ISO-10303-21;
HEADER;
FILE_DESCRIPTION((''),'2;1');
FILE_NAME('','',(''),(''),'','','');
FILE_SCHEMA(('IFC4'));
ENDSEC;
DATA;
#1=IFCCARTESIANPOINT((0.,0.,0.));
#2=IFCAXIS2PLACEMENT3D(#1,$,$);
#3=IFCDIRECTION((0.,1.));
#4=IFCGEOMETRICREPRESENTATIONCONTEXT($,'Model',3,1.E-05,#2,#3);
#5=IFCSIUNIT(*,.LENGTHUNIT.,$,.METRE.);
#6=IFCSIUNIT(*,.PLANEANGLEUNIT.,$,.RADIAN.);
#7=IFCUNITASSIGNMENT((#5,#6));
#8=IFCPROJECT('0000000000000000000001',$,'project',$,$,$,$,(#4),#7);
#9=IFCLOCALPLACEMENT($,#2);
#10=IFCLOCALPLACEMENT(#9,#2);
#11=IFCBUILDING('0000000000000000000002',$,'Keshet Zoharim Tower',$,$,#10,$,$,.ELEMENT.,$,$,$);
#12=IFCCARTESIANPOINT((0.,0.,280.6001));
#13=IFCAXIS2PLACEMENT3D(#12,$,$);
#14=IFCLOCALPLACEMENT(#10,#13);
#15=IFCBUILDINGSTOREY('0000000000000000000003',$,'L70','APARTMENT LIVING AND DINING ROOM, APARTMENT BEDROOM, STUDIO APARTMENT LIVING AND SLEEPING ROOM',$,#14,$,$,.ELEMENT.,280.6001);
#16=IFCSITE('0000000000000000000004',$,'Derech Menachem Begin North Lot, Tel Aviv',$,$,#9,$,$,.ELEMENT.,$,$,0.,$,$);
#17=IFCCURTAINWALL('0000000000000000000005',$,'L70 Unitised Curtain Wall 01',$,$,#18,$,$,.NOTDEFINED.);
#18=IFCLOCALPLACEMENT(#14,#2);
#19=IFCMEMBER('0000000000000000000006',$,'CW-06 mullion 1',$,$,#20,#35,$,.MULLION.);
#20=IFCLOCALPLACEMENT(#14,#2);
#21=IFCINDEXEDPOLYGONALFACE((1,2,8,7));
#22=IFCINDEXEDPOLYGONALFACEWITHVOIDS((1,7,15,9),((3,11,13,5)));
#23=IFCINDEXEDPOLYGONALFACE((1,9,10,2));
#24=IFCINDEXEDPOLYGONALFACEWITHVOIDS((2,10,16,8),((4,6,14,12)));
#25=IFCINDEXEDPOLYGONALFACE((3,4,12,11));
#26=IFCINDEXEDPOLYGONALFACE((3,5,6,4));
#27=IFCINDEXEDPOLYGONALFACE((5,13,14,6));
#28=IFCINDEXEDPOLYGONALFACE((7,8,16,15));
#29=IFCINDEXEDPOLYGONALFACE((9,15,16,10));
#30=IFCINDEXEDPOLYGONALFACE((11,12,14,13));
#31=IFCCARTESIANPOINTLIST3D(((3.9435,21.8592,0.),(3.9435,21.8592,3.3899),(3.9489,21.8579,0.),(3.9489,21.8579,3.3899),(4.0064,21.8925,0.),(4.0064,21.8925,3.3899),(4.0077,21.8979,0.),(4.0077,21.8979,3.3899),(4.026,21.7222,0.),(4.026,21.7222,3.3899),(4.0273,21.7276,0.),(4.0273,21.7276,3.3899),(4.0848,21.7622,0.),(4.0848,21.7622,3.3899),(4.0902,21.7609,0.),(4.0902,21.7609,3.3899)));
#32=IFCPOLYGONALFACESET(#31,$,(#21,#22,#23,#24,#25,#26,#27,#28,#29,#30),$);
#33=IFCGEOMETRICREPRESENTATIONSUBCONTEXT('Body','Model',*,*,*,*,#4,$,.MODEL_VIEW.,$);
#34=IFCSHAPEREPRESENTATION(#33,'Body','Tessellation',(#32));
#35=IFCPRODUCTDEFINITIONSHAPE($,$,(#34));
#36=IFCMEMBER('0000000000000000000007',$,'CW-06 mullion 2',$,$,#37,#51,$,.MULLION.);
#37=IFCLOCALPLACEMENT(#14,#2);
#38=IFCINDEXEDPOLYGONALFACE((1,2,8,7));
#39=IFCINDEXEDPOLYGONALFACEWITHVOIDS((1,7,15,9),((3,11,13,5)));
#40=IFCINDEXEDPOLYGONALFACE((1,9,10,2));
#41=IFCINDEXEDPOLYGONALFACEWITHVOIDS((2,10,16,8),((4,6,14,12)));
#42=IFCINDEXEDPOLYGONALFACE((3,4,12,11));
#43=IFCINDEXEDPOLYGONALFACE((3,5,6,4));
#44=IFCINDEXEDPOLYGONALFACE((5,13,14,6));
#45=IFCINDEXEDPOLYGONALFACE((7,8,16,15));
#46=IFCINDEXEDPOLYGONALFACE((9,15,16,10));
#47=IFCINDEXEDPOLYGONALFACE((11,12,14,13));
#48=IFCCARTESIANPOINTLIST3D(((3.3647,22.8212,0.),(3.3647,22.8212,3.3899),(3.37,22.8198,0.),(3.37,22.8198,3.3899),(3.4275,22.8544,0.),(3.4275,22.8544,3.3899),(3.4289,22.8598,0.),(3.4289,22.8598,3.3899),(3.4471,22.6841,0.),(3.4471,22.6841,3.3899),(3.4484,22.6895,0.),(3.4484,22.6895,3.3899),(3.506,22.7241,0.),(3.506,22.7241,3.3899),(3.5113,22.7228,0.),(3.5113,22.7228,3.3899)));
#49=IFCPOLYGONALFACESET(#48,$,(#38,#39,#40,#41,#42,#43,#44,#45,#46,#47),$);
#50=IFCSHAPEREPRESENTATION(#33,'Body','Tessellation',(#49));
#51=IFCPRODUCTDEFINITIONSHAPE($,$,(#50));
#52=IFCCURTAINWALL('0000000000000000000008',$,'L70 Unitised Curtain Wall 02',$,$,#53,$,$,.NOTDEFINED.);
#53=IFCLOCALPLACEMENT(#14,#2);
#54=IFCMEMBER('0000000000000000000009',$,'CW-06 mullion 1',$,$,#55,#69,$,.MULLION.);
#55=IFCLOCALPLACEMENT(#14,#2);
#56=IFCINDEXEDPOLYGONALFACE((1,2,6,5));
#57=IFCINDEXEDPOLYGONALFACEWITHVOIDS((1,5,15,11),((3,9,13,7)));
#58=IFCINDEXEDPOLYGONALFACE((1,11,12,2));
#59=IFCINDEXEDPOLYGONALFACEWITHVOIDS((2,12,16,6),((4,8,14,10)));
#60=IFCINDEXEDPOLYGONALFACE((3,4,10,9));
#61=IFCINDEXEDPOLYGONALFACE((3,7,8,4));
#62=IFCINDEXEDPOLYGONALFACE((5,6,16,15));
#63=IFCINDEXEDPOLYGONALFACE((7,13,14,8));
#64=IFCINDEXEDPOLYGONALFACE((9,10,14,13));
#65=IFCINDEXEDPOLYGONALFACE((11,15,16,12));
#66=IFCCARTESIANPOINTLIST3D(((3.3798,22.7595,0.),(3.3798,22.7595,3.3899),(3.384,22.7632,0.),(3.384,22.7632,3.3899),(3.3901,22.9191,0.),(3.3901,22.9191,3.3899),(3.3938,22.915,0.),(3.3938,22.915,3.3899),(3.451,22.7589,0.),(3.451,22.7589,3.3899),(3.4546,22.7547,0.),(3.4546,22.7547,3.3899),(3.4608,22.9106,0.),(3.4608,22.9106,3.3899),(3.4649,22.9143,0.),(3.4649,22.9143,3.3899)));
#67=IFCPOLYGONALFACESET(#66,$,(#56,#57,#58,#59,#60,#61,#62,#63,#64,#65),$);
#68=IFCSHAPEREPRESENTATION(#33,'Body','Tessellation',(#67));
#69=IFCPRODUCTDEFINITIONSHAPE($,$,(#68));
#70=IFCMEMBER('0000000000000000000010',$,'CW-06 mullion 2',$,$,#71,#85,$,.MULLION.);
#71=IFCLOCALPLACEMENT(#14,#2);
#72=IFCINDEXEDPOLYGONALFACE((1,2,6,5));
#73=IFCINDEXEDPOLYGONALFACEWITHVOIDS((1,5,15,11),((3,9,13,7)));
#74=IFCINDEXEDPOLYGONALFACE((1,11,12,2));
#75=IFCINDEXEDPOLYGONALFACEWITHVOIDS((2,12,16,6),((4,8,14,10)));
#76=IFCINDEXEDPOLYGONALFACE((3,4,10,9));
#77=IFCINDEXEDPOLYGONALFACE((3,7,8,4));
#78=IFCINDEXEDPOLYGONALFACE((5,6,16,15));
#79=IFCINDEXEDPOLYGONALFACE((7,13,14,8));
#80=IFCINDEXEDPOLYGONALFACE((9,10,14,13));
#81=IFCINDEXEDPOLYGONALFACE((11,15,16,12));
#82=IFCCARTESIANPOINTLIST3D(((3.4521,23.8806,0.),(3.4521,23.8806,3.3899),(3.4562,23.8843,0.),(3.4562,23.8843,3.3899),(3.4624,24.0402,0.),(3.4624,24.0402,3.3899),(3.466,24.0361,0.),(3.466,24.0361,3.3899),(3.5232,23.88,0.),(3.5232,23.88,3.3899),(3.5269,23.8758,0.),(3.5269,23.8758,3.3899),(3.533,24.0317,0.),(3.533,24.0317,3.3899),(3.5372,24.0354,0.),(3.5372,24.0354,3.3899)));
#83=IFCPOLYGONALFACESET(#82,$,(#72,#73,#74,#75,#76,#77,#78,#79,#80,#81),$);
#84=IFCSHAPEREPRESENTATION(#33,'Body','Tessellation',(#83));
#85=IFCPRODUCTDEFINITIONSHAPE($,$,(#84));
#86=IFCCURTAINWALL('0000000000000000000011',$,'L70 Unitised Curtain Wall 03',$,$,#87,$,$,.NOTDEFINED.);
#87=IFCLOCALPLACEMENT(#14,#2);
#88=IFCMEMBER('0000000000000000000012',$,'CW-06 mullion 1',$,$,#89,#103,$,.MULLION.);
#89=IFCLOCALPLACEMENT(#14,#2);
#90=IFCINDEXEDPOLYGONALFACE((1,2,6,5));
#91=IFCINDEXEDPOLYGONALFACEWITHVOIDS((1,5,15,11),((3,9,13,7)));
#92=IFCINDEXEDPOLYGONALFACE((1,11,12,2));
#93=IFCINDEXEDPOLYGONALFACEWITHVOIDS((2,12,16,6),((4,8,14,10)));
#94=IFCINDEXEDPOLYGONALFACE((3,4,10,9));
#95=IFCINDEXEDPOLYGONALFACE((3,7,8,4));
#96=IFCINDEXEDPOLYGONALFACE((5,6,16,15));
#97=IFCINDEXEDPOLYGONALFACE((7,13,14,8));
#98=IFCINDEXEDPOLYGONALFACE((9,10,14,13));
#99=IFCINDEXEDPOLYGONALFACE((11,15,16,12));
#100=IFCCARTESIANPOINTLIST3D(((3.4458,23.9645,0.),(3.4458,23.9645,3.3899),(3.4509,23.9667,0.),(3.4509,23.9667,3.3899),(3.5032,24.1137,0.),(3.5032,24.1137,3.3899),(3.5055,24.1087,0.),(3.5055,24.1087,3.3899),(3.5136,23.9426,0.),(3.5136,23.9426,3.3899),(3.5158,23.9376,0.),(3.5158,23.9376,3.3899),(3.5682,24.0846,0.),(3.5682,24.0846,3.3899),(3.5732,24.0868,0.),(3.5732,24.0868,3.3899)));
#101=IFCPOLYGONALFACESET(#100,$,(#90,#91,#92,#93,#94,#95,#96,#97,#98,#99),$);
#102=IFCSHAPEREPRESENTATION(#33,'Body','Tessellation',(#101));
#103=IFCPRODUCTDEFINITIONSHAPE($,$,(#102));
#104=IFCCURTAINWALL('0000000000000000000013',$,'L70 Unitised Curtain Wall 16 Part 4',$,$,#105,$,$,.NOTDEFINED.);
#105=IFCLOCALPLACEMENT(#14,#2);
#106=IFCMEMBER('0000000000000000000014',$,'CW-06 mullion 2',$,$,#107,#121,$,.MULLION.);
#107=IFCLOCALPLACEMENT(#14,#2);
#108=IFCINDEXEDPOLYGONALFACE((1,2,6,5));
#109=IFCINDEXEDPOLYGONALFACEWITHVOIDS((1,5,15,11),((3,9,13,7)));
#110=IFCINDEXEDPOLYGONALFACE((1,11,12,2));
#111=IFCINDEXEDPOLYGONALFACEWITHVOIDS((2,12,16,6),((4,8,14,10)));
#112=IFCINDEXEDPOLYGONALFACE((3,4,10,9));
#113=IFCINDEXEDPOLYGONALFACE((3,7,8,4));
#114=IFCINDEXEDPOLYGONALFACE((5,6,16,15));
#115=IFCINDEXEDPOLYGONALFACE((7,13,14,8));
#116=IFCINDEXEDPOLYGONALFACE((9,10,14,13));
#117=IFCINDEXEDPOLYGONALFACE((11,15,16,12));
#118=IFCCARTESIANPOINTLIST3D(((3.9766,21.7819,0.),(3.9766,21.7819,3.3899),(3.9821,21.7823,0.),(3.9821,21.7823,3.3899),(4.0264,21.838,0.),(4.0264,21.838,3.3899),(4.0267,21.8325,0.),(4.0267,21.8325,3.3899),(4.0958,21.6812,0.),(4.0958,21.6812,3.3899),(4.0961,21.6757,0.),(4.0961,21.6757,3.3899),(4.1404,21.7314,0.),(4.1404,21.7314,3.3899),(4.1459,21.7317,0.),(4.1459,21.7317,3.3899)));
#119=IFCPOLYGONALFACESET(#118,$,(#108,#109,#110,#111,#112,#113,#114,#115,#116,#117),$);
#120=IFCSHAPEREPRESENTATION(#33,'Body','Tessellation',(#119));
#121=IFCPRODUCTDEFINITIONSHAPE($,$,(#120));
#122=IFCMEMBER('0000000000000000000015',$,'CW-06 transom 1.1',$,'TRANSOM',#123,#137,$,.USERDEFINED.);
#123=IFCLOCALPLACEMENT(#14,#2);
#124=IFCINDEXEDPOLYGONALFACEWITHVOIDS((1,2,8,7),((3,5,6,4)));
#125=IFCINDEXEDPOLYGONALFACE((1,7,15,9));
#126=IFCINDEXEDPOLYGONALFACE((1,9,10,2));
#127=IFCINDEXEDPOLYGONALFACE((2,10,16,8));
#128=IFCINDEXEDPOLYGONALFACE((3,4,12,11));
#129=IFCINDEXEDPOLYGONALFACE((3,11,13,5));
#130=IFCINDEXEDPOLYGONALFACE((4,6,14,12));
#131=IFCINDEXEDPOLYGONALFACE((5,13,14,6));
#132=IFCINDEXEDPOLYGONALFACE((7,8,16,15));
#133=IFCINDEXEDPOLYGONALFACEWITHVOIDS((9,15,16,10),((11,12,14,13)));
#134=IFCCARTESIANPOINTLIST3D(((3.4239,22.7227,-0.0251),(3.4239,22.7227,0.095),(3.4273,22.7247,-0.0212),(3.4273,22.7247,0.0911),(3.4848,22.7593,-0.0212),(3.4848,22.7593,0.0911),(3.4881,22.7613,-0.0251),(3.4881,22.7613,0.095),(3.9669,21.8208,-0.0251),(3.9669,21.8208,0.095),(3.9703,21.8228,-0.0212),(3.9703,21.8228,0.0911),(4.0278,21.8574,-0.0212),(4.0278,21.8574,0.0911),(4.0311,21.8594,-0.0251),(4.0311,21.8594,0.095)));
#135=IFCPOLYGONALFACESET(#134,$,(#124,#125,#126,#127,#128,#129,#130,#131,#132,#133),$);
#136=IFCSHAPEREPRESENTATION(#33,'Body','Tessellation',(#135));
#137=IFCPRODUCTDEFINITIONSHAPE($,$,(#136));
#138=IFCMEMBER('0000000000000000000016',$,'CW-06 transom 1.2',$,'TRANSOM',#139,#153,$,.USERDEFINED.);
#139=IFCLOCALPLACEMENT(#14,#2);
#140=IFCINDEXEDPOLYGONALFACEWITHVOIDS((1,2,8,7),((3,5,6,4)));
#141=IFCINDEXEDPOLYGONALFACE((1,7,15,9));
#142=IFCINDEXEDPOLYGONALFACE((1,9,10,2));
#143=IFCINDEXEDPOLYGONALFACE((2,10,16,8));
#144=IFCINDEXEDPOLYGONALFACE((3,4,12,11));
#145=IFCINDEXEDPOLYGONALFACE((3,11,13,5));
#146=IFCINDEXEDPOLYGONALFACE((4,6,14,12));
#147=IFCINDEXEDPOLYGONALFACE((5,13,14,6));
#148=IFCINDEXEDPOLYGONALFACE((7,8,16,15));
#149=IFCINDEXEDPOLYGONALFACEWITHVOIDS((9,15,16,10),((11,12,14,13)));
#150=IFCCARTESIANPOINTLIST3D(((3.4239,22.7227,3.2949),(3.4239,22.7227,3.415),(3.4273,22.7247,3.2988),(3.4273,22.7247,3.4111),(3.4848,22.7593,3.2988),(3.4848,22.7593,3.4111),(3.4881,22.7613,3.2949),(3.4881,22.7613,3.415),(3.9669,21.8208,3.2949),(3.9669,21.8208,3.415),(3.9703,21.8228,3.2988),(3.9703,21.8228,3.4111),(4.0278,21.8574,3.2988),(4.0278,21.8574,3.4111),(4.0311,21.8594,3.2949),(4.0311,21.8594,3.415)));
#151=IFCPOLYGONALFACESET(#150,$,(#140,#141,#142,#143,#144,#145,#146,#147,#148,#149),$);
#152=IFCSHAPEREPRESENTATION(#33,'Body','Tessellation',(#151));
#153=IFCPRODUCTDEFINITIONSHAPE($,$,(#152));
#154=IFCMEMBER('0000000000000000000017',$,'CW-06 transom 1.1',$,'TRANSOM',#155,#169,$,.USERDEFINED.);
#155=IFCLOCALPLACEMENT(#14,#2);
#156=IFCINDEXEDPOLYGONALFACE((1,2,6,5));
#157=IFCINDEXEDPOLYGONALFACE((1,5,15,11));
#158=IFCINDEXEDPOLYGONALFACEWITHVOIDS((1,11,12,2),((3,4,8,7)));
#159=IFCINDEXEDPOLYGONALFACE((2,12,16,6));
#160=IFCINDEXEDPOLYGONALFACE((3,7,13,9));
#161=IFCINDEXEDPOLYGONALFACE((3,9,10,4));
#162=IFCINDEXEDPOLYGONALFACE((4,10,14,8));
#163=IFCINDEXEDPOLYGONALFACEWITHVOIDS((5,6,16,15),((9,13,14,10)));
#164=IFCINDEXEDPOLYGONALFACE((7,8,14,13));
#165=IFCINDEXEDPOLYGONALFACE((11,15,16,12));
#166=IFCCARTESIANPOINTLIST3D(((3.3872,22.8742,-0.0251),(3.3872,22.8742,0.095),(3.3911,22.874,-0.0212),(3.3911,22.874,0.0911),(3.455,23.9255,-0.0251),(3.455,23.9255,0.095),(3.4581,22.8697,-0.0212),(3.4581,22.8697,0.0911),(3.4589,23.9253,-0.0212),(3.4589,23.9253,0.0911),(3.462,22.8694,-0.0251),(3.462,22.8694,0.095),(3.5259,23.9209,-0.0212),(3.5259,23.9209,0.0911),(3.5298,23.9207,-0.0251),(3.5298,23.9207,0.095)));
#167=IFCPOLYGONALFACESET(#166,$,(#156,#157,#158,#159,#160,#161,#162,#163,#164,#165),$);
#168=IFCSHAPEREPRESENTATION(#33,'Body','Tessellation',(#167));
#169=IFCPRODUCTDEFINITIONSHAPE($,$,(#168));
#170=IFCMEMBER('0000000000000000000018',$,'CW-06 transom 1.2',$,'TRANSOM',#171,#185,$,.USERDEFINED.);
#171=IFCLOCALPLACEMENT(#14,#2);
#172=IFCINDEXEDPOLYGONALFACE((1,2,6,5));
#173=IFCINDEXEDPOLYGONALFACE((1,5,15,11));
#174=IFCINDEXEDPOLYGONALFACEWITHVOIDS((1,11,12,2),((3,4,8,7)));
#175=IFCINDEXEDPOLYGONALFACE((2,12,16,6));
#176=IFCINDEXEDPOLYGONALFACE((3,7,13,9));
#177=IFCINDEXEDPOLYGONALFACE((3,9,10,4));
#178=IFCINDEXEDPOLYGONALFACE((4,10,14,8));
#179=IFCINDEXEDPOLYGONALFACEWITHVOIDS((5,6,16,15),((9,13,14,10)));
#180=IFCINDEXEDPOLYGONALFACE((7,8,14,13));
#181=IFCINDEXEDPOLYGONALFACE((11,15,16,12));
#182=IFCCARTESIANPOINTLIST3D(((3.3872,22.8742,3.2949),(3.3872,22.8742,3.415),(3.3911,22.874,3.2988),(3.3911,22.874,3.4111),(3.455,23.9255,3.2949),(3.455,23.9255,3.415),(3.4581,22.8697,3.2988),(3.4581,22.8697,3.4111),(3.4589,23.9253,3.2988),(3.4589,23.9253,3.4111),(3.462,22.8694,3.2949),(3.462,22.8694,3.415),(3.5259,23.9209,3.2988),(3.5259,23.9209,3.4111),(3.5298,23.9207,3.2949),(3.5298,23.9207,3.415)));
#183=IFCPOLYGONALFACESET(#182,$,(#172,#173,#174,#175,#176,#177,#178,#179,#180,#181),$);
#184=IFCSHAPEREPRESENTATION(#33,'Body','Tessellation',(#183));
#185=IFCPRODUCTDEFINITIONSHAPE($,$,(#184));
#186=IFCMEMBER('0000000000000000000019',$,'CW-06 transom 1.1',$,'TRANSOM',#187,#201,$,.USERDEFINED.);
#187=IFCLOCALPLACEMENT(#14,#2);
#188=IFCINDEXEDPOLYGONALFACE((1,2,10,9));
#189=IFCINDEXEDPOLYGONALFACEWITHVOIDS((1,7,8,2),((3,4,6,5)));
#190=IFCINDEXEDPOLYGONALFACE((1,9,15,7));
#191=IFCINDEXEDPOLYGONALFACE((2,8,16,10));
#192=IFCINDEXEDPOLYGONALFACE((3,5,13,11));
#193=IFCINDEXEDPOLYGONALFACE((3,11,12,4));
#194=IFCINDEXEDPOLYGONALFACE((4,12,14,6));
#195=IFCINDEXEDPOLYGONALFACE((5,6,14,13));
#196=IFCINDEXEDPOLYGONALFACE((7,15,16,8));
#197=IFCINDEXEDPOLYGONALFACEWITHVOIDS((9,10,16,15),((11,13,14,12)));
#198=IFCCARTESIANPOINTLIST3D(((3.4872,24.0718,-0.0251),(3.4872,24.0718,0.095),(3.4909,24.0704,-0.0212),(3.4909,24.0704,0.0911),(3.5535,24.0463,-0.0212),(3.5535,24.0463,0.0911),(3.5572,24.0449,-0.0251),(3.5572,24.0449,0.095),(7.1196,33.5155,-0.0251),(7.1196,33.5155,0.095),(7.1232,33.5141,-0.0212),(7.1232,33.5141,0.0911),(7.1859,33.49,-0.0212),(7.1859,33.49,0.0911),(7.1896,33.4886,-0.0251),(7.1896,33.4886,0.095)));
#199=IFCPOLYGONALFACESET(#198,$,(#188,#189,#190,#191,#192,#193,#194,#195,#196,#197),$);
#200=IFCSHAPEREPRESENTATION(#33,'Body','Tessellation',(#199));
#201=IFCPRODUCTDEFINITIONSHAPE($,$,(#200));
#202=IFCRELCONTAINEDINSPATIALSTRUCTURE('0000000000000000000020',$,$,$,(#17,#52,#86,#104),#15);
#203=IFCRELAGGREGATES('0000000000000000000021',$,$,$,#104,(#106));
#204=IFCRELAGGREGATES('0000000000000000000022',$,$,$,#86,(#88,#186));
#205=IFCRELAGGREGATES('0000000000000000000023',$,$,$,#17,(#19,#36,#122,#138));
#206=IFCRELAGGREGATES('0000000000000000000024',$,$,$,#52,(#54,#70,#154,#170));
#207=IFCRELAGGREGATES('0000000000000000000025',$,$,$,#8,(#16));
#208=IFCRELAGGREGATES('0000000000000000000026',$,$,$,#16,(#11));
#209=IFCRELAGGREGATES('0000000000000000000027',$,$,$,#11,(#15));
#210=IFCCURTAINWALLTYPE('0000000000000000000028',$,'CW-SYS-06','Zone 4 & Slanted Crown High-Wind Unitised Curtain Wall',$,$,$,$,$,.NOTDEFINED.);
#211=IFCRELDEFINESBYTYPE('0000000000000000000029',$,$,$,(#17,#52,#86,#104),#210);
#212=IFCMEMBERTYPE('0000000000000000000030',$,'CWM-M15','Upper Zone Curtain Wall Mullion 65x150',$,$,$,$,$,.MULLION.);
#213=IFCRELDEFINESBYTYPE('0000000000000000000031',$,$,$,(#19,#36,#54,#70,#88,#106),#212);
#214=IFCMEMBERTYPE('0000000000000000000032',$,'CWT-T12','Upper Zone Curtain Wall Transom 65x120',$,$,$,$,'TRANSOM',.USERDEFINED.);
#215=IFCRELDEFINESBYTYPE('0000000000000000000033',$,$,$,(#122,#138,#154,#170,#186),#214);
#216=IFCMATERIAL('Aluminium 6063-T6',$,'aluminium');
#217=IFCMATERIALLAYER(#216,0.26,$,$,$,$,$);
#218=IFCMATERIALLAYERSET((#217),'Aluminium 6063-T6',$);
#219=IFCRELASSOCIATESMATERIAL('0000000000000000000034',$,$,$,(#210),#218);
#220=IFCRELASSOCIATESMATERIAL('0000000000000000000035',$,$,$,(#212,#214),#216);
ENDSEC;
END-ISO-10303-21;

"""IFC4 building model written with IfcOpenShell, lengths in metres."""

from ifc_helpers import new_model, si_unit, direction, frame, origin, origin_2d, place, context, subcontext, project, spatial, hollow_rectangle, extrude, material, layer, layer_set, material_profile, profile_set, type_object, element, aggregate, save


model = new_model("IFC4")

# Units and contexts
model_context = context("Model", 3, precision=1e-05, world=origin(), true_north=direction((0.0, 1.0)))
body_context = subcontext(model_context, "Body", "Model", "MODEL_VIEW")
ifc_project = project(units=[si_unit("LENGTHUNIT", "METRE"), si_unit("PLANEANGLEUNIT", "RADIAN")], contexts=[model_context])

# Site, building, storey
site_placement = place(None, origin())
site = spatial("IfcSite", under=ifc_project, at=site_placement, Name="Derech Menachem Begin North Lot, Tel Aviv", CompositionType="ELEMENT", RefElevation=0.0)
building_placement = place(site_placement, origin())
building = spatial("IfcBuilding", under=site, at=building_placement, Name="Keshet Zoharim Tower", CompositionType="ELEMENT")
storey_placement = place(building_placement, frame((0.0, 0.0, 280.6001)))
storey = spatial("IfcBuildingStorey", under=building, at=storey_placement, Name="L70", Description="APARTMENT LIVING AND DINING ROOM, APARTMENT BEDROOM, STUDIO APARTMENT LIVING AND SLEEPING ROOM", CompositionType="ELEMENT", Elevation=280.6001)

# Curtain walls, members
ifc_material_1 = material(Name="Aluminium 6063-T6", Category="aluminium")
ifc_layer_1 = layer(ifc_material_1, 0.26)
ifc_layer_set_1 = layer_set([ifc_layer_1], Name="Aluminium 6063-T6")
curtain_wall_type = type_object("IfcCurtainWallType", Name="CW-SYS-06", Description="Zone 4 & Slanted Crown High-Wind Unitised Curtain Wall", PredefinedType="NOTDEFINED", material=ifc_layer_set_1)
curtain_wall_1_placement = place(storey_placement, origin())
curtain_wall_1 = element("IfcCurtainWall", 1, at=curtain_wall_1_placement, inside=storey, type_object=curtain_wall_type, Name="L70 Unitised Curtain Wall 01", PredefinedType="NOTDEFINED")
ifc_material_profile_1 = material_profile(ifc_material_1, hollow_rectangle(XDim=0.075, YDim=0.1599, WallThickness=0.0039, at=origin_2d()), Name="MUL-75x160")
ifc_profile_set_1 = profile_set([ifc_material_profile_1], Name="Aluminium 6063-T6")
member_type_1 = type_object("IfcMemberType", Name="CWM-M15", Description="Upper Zone Curtain Wall Mullion 65x150", PredefinedType="MULLION", material=ifc_profile_set_1)
member_1_placement = place(storey_placement, frame((4.0168, 21.8101, 0.0), z_axis=(0.0, 0.0, 1.0), x_axis=(-0.856826, -0.515605, 0.0)))
member_1 = element("IfcMember", 2, at=member_1_placement, type_object=member_type_1, Name="CW-06 mullion 1", PredefinedType="MULLION", context=body_context, shape_type="SweptSolid", body=[
    extrude(hollow_rectangle(XDim=0.075, YDim=0.1599, WallThickness=0.0039, at=origin_2d()), origin(), (0.0, 0.0, 1.0), 3.3899),
])
member_2_placement = place(storey_placement, frame((3.438, 22.772, 0.0), z_axis=(0.0, 0.0, 1.0), x_axis=(-0.856826, -0.515605, 0.0)))
member_2 = element("IfcMember", 3, at=member_2_placement, type_object=member_type_1, Name="CW-06 mullion 2", PredefinedType="MULLION", context=body_context, shape_type="SweptSolid", body=[
    extrude(hollow_rectangle(XDim=0.075, YDim=0.1599, WallThickness=0.0039, at=origin_2d()), origin(), (0.0, 0.0, 1.0), 3.3899),
])
curtain_wall_2_placement = place(storey_placement, origin())
curtain_wall_2 = element("IfcCurtainWall", 4, at=curtain_wall_2_placement, inside=storey, type_object=curtain_wall_type, Name="L70 Unitised Curtain Wall 02", PredefinedType="NOTDEFINED")
member_3_placement = place(storey_placement, frame((3.4224, 22.8369, 0.0), z_axis=(0.0, 0.0, 1.0), x_axis=(-0.997917, 0.064517, 0.0)))
member_3 = element("IfcMember", 5, at=member_3_placement, type_object=member_type_1, Name="CW-06 mullion 1", PredefinedType="MULLION", context=body_context, shape_type="SweptSolid", body=[
    extrude(hollow_rectangle(XDim=0.075, YDim=0.1599, WallThickness=0.0039, at=origin_2d()), origin(), (0.0, 0.0, 1.0), 3.3899),
])
member_4_placement = place(storey_placement, frame((3.4946, 23.958, 0.0), z_axis=(0.0, 0.0, 1.0), x_axis=(-0.997917, 0.064517, 0.0)))
member_4 = element("IfcMember", 6, at=member_4_placement, type_object=member_type_1, Name="CW-06 mullion 2", PredefinedType="MULLION", context=body_context, shape_type="SweptSolid", body=[
    extrude(hollow_rectangle(XDim=0.075, YDim=0.1599, WallThickness=0.0039, at=origin_2d()), origin(), (0.0, 0.0, 1.0), 3.3899),
])

# Curtain walls, members
curtain_wall_3_placement = place(storey_placement, origin())
curtain_wall_3 = element("IfcCurtainWall", 7, at=curtain_wall_3_placement, inside=storey, type_object=curtain_wall_type, Name="L70 Unitised Curtain Wall 03", PredefinedType="NOTDEFINED")
member_5_placement = place(storey_placement, frame((3.5095, 24.0256, 0.0), z_axis=(0.0, 0.0, 1.0), x_axis=(-0.933341, 0.35899, 0.0)))
member_5 = element("IfcMember", 8, at=member_5_placement, type_object=member_type_1, Name="CW-06 mullion 1", PredefinedType="MULLION", context=body_context, shape_type="SweptSolid", body=[
    extrude(hollow_rectangle(XDim=0.075, YDim=0.1599, WallThickness=0.0039, at=origin_2d()), origin(), (0.0, 0.0, 1.0), 3.3899),
])
curtain_wall_4_placement = place(storey_placement, origin())
curtain_wall_4 = element("IfcCurtainWall", 9, at=curtain_wall_4_placement, inside=storey, type_object=curtain_wall_type, Name="L70 Unitised Curtain Wall 16 Part 4", PredefinedType="NOTDEFINED")
member_6_placement = place(storey_placement, frame((4.0613, 21.7568, 0.0), z_axis=(0.0, 0.0, 1.0), x_axis=(-0.664364, -0.747409, 0.0)))
member_6 = element("IfcMember", 10, at=member_6_placement, type_object=member_type_1, Name="CW-06 mullion 2", PredefinedType="MULLION", context=body_context, shape_type="SweptSolid", body=[
    extrude(hollow_rectangle(XDim=0.075, YDim=0.1599, WallThickness=0.0039, at=origin_2d()), origin(), (0.0, 0.0, 1.0), 3.3899),
])
aggregate(curtain_wall_4, [member_6])

# Members
ifc_material_profile_2 = material_profile(ifc_material_1, hollow_rectangle(XDim=0.075, YDim=0.1201, WallThickness=0.0039, at=origin_2d()), Name="TRN-75x120")
ifc_profile_set_2 = profile_set([ifc_material_profile_2], Name="Aluminium 6063-T6")
member_type_2 = type_object("IfcMemberType", Name="CWT-T12", Description="Upper Zone Curtain Wall Transom 65x120", ElementType="TRANSOM", PredefinedType="USERDEFINED", material=ifc_profile_set_2)
member_7_placement = place(storey_placement, frame((3.999, 21.8401, 0.0349), z_axis=(-0.515791, 0.856714, 0.0), x_axis=(-0.856714, -0.515791, 0.0)))
member_7 = element("IfcMember", 11, at=member_7_placement, type_object=member_type_2, Name="CW-06 transom 1.1", ObjectType="TRANSOM", PredefinedType="USERDEFINED", context=body_context, shape_type="SweptSolid", body=[
    extrude(hollow_rectangle(XDim=0.075, YDim=0.1201, WallThickness=0.0039, at=origin_2d()), origin(), (0.0, 0.0, 1.0), 1.0527),
])
member_8_placement = place(storey_placement, frame((3.999, 21.8401, 3.355), z_axis=(-0.515791, 0.856714, 0.0), x_axis=(-0.856714, -0.515791, 0.0)))
member_8 = element("IfcMember", 12, at=member_8_placement, type_object=member_type_2, Name="CW-06 transom 1.2", ObjectType="TRANSOM", PredefinedType="USERDEFINED", context=body_context, shape_type="SweptSolid", body=[
    extrude(hollow_rectangle(XDim=0.075, YDim=0.1201, WallThickness=0.0039, at=origin_2d()), origin(), (0.0, 0.0, 1.0), 1.0527),
])
member_9_placement = place(storey_placement, frame((3.4246, 22.8718, 0.0349), z_axis=(0.064427, 0.997922, 0.0), x_axis=(-0.997922, 0.064427, 0.0)))
member_9 = element("IfcMember", 13, at=member_9_placement, type_object=member_type_2, Name="CW-06 transom 1.1", ObjectType="TRANSOM", PredefinedType="USERDEFINED", context=body_context, shape_type="SweptSolid", body=[
    extrude(hollow_rectangle(XDim=0.075, YDim=0.1201, WallThickness=0.0039, at=origin_2d()), origin(), (0.0, 0.0, 1.0), 1.0535),
])
member_10_placement = place(storey_placement, frame((3.4246, 22.8718, 3.355), z_axis=(0.064427, 0.997922, 0.0), x_axis=(-0.997922, 0.064427, 0.0)))
member_10 = element("IfcMember", 14, at=member_10_placement, type_object=member_type_2, Name="CW-06 transom 1.2", ObjectType="TRANSOM", PredefinedType="USERDEFINED", context=body_context, shape_type="SweptSolid", body=[
    extrude(hollow_rectangle(XDim=0.075, YDim=0.1201, WallThickness=0.0039, at=origin_2d()), origin(), (0.0, 0.0, 1.0), 1.0535),
])
member_11_placement = place(storey_placement, frame((3.5222, 24.0583, 0.0349), z_axis=(0.358994, 0.93334, 0.0), x_axis=(-0.93334, 0.358994, 0.0)))
member_11 = element("IfcMember", 15, at=member_11_placement, type_object=member_type_2, Name="CW-06 transom 1.1", ObjectType="TRANSOM", PredefinedType="USERDEFINED", context=body_context, shape_type="SweptSolid", body=[
    extrude(hollow_rectangle(XDim=0.075, YDim=0.1201, WallThickness=0.0039, at=origin_2d()), origin(), (0.0, 0.0, 1.0), 10.1182),
])
aggregate(curtain_wall_3, [member_5, member_11])

aggregate(curtain_wall_1, [member_1, member_2, member_7, member_8])
aggregate(curtain_wall_2, [member_3, member_4, member_9, member_10])

save(model, "model.ifc")
